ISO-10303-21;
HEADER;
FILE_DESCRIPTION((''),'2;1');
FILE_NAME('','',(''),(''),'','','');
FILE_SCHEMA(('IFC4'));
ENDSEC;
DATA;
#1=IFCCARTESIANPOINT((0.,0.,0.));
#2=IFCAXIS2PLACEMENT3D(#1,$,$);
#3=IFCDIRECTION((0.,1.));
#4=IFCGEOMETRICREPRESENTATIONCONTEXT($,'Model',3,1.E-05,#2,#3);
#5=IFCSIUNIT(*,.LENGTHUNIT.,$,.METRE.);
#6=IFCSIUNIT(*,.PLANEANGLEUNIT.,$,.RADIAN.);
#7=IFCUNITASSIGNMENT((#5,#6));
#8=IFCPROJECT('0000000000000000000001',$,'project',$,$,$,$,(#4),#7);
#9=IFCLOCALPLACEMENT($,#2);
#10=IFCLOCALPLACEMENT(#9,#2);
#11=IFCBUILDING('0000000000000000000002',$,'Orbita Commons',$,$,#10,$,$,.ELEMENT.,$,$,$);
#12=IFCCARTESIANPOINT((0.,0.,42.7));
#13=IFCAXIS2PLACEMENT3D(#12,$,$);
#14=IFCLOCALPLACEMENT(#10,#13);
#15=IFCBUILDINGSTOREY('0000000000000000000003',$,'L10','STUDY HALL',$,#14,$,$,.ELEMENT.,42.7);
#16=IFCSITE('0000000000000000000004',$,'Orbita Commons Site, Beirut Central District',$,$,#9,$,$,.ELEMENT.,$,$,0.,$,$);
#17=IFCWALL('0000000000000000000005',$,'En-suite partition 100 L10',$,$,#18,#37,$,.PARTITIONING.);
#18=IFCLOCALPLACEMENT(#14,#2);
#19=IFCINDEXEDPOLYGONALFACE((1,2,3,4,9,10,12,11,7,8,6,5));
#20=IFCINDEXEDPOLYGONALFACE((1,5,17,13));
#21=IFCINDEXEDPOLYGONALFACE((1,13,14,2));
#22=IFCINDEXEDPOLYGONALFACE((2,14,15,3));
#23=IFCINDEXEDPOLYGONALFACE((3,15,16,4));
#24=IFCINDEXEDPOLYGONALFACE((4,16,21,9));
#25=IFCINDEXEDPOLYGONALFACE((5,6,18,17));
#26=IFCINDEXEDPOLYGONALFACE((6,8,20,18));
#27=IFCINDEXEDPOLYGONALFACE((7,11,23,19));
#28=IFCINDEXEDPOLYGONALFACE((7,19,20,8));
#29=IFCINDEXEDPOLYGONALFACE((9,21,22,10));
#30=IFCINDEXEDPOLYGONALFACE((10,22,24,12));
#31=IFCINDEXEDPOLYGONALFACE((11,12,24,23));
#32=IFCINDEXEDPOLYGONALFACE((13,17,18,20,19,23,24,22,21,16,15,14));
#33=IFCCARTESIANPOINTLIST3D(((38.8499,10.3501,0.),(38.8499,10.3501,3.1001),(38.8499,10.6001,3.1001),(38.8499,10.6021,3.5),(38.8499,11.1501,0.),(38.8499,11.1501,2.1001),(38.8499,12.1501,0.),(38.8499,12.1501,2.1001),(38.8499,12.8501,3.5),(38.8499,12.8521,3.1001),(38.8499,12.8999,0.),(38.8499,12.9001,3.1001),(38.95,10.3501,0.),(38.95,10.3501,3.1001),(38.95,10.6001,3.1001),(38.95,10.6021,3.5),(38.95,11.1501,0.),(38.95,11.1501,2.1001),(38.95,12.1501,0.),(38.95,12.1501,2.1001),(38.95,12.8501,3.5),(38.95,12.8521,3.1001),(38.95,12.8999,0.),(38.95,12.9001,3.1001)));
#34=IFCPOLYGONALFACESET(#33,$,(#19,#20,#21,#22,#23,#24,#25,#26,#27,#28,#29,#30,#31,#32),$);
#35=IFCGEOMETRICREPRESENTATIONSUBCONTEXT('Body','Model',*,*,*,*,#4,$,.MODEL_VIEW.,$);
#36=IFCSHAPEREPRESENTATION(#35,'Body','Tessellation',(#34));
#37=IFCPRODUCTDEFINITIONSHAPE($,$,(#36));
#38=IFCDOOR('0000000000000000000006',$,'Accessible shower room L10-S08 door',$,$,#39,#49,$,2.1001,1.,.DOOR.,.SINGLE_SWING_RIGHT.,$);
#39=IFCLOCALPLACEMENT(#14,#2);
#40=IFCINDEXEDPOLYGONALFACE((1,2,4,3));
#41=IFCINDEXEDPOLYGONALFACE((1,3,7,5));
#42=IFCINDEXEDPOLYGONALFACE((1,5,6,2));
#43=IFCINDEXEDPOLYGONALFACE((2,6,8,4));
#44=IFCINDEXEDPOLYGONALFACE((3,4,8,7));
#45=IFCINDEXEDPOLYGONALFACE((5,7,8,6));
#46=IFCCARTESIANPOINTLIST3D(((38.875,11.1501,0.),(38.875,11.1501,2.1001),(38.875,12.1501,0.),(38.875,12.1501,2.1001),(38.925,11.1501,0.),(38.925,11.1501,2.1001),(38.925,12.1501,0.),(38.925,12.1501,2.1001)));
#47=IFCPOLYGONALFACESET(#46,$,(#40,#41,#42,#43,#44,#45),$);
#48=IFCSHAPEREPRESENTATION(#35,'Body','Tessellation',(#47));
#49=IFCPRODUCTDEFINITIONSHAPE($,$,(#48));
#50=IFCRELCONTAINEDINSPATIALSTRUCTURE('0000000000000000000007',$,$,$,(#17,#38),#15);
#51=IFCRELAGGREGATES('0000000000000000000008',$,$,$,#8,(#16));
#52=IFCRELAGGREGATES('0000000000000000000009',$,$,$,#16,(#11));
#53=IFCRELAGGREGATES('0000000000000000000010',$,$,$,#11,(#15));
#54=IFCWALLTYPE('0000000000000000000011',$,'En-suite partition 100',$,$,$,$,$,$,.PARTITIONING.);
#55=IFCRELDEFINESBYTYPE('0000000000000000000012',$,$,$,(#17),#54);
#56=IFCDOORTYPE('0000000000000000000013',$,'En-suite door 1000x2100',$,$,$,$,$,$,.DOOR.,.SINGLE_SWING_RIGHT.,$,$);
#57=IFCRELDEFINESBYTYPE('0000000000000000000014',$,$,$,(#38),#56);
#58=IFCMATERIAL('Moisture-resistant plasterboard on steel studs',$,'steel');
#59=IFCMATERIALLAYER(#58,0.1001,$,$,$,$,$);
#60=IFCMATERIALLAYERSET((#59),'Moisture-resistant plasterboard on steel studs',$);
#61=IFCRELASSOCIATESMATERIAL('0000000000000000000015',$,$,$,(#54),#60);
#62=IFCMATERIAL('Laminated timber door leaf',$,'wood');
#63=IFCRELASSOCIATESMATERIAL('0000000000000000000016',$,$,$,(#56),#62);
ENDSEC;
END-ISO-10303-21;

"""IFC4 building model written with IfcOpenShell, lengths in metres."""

from ifc_helpers import new_model, si_unit, direction, frame, frame_2d, origin, place, context, subcontext, project, spatial, polyline, rectangle, outline, extrude, material, layer, layer_set, type_object, element, fill, save


model = new_model("IFC4")

# Units and contexts
model_context = context("Model", 3, precision=1e-05, world=origin(), true_north=direction((0.0, 1.0)))
body_context = subcontext(model_context, "Body", "Model", "MODEL_VIEW")
ifc_project = project(units=[si_unit("LENGTHUNIT", "METRE"), si_unit("PLANEANGLEUNIT", "RADIAN")], contexts=[model_context])

# Site, building, storey
site_placement = place(None, origin())
site = spatial("IfcSite", under=ifc_project, at=site_placement, Name="Orbita Commons Site, Beirut Central District", CompositionType="ELEMENT", RefElevation=0.0)
building_placement = place(site_placement, origin())
building = spatial("IfcBuilding", under=site, at=building_placement, Name="Orbita Commons", CompositionType="ELEMENT")
storey_placement = place(building_placement, frame((0.0, 0.0, 42.7)))
storey = spatial("IfcBuildingStorey", under=building, at=storey_placement, Name="L10", Description="STUDY HALL", CompositionType="ELEMENT", Elevation=42.7)

# Shared definitions
ifc_material_1 = material(Name="Moisture-resistant plasterboard on steel studs", Category="steel")
ifc_layer_1 = layer(ifc_material_1, 0.1001)
ifc_layer_set_1 = layer_set([ifc_layer_1], Name="Moisture-resistant plasterboard on steel studs")
wall_type_1 = type_object("IfcWallType", Name="En-suite partition 100", PredefinedType="PARTITIONING", material=ifc_layer_set_1)

# Wall, opening, door
wall_1_placement = place(storey_placement, frame((38.8999, 10.3501, 0.0), z_axis=(0.0, 0.0, 1.0), x_axis=(0.0, 1.0, 0.0)))
wall_1 = element("IfcWall", 1, at=wall_1_placement, inside=storey, type_object=wall_type_1, Name="En-suite partition 100 L10", PredefinedType="PARTITIONING", context=body_context, shape_type="SweptSolid", body=[
    extrude(outline(polyline([(0.0, 0.0), (2.5498, 0.0), (2.55, 3.1001), (2.502, 3.1001), (2.5, 3.5), (0.252, 3.5), (0.25, 3.1001), (0.0, 3.1001), (0.0, 0.0)])), frame((0.0, 0.05, 0.0), z_axis=(0.0, -1.0, 0.0), x_axis=(1.0, 0.0, 0.0)), (0.0, 0.0, 1.0), 0.1001),
])
opening_1_placement = place(wall_1_placement, frame((0.8, 0.0, 0.0)))
opening_1 = element("IfcOpeningElement", 2, at=opening_1_placement, cuts=wall_1, PredefinedType="OPENING", context=body_context, shape_type="SweptSolid", body=[
    extrude(rectangle(XDim=1.0, YDim=2.1001, at=frame_2d((0.5, 1.05))), frame((0.0, 0.0601, 0.0), z_axis=(0.0, -1.0, 0.0), x_axis=(1.0, 0.0, 0.0)), (0.0, 0.0, 1.0), 0.1201),
])
ifc_material_2 = material(Name="Laminated timber door leaf", Category="wood")
door_type_1 = type_object("IfcDoorType", Name="En-suite door 1000x2100", OperationType="SINGLE_SWING_RIGHT", PredefinedType="DOOR", material=ifc_material_2)
door_1_placement = place(opening_1_placement, origin())
door_1 = element("IfcDoor", 3, at=door_1_placement, inside=storey, type_object=door_type_1, Name="Accessible shower room L10-S08 door", OperationType="SINGLE_SWING_RIGHT", OverallHeight=2.1001, OverallWidth=1.0, PredefinedType="DOOR", context=body_context, shape_type="SweptSolid", body=[
    extrude(rectangle(XDim=1.0, YDim=2.1001, at=frame_2d((0.5, 1.05))), frame((0.0, 0.0249, 0.0), z_axis=(0.0, -1.0, 0.0), x_axis=(1.0, 0.0, 0.0)), (0.0, 0.0, 1.0), 0.05),
])
fill(opening_1, door_1)

save(model, "model.ifc")
